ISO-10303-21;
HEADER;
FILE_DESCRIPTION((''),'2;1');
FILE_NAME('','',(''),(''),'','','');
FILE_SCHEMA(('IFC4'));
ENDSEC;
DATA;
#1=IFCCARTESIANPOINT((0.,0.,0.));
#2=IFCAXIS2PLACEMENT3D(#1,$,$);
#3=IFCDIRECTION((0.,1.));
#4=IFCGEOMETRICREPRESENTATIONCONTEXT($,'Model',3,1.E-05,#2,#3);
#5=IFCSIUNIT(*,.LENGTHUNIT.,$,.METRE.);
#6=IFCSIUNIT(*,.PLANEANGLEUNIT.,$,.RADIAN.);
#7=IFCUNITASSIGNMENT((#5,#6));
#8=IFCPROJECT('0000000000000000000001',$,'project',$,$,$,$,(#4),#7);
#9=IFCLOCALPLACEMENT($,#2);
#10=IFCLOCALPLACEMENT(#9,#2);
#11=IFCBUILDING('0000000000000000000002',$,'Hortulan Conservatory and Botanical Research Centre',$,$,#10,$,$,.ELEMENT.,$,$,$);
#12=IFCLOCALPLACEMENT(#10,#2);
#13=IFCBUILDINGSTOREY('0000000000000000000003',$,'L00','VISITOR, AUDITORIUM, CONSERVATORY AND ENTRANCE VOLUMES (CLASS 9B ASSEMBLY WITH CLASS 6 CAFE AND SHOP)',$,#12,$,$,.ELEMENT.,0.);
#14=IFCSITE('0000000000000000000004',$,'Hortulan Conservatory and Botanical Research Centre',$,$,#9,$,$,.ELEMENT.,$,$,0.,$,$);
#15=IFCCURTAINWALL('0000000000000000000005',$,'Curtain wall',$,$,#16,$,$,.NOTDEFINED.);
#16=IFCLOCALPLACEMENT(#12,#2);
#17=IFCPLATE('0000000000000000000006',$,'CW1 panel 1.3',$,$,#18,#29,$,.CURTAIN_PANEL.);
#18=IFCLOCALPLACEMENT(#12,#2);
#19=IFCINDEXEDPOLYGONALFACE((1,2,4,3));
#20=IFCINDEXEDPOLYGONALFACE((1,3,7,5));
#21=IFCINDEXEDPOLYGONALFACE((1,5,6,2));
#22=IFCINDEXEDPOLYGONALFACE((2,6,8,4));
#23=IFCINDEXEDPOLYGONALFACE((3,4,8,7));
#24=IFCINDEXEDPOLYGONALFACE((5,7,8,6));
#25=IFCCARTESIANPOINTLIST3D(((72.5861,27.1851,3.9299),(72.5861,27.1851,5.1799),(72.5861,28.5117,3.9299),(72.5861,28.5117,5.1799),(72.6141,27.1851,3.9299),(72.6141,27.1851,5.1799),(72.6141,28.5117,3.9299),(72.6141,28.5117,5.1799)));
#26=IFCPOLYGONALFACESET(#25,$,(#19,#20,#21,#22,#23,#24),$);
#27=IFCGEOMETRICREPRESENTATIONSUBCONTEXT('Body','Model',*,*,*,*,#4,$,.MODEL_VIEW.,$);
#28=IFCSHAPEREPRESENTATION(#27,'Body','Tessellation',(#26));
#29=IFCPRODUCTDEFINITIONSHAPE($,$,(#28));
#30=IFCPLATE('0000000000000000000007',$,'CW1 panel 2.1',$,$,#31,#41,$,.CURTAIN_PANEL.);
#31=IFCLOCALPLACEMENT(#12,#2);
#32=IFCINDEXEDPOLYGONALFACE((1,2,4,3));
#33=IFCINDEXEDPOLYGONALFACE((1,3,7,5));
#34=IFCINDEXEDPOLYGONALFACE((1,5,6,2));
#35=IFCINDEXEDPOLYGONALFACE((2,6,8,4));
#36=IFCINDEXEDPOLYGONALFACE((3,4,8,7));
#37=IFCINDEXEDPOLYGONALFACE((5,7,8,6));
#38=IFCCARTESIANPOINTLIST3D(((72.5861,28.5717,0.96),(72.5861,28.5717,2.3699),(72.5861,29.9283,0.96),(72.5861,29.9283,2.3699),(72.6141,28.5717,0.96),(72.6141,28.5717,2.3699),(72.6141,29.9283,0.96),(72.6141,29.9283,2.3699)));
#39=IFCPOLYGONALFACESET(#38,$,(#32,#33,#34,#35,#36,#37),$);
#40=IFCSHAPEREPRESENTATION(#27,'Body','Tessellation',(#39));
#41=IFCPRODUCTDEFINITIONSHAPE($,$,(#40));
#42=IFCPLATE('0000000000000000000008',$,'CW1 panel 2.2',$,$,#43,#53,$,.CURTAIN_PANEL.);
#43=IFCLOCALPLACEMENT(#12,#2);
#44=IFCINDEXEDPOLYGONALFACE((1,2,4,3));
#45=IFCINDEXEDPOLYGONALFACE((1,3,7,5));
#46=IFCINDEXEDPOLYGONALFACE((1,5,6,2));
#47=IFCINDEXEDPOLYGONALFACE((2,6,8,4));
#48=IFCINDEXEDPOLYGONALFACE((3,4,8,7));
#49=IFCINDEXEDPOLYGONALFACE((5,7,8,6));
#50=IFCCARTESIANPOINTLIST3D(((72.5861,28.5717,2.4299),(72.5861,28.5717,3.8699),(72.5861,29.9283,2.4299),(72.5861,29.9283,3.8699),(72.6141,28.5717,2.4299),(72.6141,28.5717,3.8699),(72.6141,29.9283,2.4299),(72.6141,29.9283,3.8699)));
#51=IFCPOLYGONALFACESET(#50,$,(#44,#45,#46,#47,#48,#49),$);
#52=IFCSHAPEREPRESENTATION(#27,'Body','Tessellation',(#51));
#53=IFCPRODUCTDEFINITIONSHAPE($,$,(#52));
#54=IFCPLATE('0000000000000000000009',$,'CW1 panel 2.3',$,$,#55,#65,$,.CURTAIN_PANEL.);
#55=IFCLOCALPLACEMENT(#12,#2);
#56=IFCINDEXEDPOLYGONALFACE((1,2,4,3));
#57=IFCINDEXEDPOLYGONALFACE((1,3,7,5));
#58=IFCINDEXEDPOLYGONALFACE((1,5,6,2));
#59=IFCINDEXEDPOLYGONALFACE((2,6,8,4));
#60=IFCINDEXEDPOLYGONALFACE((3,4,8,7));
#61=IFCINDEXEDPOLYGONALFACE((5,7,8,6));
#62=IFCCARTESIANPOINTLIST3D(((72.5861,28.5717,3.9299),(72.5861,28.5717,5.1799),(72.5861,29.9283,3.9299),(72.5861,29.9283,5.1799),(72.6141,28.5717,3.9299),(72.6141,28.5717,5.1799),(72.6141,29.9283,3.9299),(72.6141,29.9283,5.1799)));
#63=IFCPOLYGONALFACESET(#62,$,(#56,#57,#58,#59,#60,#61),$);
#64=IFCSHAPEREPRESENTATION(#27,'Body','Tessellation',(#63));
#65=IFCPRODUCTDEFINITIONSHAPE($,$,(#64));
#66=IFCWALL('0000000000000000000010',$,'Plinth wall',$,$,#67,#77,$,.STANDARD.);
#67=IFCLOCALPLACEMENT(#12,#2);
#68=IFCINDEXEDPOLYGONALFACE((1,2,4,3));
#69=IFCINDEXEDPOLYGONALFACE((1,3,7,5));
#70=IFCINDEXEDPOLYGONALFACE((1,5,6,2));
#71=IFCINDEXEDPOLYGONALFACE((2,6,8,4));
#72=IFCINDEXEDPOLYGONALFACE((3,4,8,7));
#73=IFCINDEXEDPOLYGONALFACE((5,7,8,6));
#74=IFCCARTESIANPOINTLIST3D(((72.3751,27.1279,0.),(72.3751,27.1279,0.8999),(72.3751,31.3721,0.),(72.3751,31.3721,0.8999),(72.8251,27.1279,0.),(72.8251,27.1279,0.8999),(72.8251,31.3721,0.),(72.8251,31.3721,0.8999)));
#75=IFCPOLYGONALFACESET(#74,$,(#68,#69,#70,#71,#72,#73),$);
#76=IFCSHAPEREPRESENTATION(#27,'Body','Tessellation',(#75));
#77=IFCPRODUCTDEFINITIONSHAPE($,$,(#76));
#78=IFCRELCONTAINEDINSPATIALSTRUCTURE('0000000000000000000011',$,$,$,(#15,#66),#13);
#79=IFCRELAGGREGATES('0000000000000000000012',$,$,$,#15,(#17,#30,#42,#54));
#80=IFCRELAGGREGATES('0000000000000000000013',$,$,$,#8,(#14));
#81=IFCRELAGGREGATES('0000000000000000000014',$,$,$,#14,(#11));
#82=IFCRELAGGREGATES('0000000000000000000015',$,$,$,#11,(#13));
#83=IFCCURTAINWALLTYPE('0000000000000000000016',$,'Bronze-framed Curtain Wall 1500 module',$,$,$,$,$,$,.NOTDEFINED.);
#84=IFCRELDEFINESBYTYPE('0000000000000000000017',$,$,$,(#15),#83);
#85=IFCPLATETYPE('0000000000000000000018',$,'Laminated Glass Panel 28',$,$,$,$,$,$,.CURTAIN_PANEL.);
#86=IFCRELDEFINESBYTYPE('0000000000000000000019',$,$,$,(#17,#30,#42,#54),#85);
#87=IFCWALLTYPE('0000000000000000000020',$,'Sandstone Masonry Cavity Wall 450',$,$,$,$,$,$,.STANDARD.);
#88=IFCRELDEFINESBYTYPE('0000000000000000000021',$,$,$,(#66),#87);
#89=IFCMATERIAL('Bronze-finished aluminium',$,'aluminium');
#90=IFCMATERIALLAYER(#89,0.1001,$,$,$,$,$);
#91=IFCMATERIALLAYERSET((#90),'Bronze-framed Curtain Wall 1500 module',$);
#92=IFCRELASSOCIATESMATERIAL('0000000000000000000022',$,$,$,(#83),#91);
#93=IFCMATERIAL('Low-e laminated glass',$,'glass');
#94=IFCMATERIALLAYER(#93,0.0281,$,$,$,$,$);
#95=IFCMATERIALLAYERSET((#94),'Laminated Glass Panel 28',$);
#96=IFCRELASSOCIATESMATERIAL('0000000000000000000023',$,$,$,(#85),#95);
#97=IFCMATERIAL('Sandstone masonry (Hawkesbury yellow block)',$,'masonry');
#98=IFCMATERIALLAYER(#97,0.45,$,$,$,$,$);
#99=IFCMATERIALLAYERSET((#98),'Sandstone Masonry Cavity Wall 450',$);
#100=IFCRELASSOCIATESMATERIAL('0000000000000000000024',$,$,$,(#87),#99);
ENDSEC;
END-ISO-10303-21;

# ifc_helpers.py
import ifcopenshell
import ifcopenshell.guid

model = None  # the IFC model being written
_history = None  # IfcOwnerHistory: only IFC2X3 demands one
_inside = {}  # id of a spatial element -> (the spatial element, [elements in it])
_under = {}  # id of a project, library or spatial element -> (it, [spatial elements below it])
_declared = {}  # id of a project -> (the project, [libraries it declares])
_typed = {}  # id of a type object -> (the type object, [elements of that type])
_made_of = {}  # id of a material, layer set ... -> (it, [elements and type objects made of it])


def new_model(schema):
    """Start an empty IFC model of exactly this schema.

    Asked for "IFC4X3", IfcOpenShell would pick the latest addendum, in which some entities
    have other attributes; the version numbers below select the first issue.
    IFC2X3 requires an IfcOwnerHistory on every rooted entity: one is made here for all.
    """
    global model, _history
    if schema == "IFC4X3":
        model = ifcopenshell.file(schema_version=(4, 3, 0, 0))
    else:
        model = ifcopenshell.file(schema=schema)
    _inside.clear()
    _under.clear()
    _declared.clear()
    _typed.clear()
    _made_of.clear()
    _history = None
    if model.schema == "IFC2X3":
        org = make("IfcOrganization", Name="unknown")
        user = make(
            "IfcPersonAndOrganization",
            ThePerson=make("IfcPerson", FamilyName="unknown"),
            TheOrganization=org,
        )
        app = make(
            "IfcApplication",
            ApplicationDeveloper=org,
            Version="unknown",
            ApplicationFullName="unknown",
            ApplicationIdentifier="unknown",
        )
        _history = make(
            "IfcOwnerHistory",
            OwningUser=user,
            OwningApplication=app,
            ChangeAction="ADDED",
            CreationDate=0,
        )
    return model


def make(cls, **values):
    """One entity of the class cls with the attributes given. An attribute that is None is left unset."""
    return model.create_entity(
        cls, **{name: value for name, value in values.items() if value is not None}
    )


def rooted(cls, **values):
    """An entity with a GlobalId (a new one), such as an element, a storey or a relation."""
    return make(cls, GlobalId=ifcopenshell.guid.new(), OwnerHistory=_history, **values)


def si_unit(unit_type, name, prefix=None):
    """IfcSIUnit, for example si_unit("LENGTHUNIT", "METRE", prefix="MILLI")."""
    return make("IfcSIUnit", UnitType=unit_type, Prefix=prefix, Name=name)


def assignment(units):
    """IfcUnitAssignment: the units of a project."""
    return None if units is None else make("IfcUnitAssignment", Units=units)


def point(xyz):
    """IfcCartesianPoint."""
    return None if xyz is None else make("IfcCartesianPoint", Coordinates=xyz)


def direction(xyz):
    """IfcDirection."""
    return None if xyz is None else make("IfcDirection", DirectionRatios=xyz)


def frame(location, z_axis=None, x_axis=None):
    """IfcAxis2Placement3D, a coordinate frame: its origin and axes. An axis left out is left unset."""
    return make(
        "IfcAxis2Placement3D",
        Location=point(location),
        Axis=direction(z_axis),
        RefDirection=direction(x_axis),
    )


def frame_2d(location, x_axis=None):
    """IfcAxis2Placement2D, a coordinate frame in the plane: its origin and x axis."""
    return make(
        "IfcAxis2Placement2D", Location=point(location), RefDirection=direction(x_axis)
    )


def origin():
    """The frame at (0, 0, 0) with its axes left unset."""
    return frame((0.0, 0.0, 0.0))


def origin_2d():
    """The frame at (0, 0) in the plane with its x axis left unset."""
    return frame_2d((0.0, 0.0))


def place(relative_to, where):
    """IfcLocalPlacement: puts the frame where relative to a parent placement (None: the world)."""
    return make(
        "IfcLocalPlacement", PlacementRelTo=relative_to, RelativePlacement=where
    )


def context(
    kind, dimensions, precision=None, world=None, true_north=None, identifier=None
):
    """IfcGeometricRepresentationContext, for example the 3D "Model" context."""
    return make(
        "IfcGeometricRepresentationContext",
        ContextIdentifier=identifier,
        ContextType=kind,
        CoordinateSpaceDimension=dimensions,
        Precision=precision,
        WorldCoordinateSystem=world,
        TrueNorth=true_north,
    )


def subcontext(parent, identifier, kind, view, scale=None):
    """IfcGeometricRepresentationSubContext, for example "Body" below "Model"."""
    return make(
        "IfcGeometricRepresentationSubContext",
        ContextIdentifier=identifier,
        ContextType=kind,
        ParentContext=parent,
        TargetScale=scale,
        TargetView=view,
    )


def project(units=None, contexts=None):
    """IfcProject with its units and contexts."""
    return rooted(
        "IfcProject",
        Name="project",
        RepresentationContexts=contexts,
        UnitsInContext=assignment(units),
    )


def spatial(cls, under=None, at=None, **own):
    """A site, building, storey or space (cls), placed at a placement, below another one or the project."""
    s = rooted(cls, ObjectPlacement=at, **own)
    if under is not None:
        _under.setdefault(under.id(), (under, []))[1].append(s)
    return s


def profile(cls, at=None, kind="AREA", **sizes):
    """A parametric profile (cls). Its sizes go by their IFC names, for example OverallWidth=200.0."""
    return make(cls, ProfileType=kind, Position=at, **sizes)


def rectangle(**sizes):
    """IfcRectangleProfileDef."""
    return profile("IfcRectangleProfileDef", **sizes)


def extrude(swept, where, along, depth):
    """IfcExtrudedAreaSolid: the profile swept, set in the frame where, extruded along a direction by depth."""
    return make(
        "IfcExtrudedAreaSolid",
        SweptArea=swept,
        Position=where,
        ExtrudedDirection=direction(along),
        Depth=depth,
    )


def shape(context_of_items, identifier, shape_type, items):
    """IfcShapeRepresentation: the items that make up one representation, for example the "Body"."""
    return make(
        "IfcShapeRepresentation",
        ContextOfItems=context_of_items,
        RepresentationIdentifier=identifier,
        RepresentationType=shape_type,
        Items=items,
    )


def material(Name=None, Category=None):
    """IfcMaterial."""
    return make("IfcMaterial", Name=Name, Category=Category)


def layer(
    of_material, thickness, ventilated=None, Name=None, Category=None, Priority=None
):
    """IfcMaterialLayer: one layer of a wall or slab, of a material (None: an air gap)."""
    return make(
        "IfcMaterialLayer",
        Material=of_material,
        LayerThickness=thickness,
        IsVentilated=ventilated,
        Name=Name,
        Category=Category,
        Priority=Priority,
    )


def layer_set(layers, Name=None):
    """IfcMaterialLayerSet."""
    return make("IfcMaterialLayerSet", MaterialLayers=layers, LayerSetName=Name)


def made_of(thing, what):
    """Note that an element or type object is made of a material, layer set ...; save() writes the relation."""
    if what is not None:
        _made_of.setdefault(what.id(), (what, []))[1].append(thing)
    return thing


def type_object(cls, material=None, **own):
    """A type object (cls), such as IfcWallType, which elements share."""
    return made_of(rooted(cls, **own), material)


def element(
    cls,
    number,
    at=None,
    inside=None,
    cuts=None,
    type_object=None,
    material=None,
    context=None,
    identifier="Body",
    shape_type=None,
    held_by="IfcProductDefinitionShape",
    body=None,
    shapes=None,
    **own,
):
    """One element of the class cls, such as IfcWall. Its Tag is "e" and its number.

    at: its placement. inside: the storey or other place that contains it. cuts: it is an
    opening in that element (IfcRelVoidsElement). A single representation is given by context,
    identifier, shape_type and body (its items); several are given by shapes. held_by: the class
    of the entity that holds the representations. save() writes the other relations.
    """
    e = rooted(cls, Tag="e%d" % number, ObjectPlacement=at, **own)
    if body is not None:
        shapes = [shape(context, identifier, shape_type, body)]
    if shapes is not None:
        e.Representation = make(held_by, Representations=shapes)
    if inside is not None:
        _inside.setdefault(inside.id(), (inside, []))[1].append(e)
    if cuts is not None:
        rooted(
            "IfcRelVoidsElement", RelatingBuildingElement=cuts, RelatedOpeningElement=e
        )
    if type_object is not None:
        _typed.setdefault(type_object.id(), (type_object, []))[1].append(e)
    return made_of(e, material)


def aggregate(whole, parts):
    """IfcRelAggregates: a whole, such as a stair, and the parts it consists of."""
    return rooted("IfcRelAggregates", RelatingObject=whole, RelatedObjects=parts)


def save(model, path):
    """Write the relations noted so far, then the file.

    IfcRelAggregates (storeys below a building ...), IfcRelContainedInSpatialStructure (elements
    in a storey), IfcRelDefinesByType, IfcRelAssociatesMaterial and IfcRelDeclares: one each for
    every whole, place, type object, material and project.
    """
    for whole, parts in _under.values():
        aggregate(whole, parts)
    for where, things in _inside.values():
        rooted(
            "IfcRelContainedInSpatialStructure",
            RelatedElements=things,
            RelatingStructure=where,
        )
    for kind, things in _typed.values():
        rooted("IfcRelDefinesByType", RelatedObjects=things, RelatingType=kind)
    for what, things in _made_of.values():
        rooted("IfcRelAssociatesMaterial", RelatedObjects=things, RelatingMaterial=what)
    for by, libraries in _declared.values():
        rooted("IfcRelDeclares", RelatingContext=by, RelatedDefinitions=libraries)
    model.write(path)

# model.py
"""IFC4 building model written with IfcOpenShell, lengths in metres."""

from ifc_helpers import new_model, si_unit, direction, frame, frame_2d, origin, origin_2d, place, context, subcontext, project, spatial, rectangle, extrude, material, layer, layer_set, type_object, element, aggregate, save


model = new_model("IFC4")

# Units and contexts
model_context = context("Model", 3, precision=1e-05, world=origin(), true_north=direction((0.0, 1.0)))
body_context = subcontext(model_context, "Body", "Model", "MODEL_VIEW")
ifc_project = project(units=[si_unit("LENGTHUNIT", "METRE"), si_unit("PLANEANGLEUNIT", "RADIAN")], contexts=[model_context])

# Site, building, storey
site_placement = place(None, origin())
site = spatial("IfcSite", under=ifc_project, at=site_placement, Name="Hortulan Conservatory and Botanical Research Centre", CompositionType="ELEMENT", RefElevation=0.0)
building_placement = place(site_placement, origin())
building = spatial("IfcBuilding", under=site, at=building_placement, Name="Hortulan Conservatory and Botanical Research Centre", CompositionType="ELEMENT")
storey_placement = place(building_placement, origin())
storey = spatial("IfcBuildingStorey", under=building, at=storey_placement, Name="L00", Description="VISITOR, AUDITORIUM, CONSERVATORY AND ENTRANCE VOLUMES (CLASS 9B ASSEMBLY WITH CLASS 6 CAFE AND SHOP)", CompositionType="ELEMENT", Elevation=0.0)

# Shared definitions
ifc_material_1 = material(Name="Bronze-finished aluminium", Category="aluminium")
ifc_layer_1 = layer(ifc_material_1, 0.1001)
ifc_layer_set_1 = layer_set([ifc_layer_1], Name="Bronze-framed Curtain Wall 1500 module")
curtain_wall_type = type_object("IfcCurtainWallType", Name="Bronze-framed Curtain Wall 1500 module", PredefinedType="NOTDEFINED", material=ifc_layer_set_1)

# Curtain wall
curtain_wall_1_placement = place(storey_placement, origin())
curtain_wall_1 = element("IfcCurtainWall", 1, at=curtain_wall_1_placement, inside=storey, type_object=curtain_wall_type, Name="Curtain wall", PredefinedType="NOTDEFINED")

# Plates
ifc_material_2 = material(Name="Low-e laminated glass", Category="glass")
ifc_layer_2 = layer(ifc_material_2, 0.0281)
ifc_layer_set_2 = layer_set([ifc_layer_2], Name="Laminated Glass Panel 28")
plate_type_1 = type_object("IfcPlateType", Name="Laminated Glass Panel 28", PredefinedType="CURTAIN_PANEL", material=ifc_layer_set_2)
plate_1_placement = place(storey_placement, frame((72.6001, 27.8484, 3.9299), z_axis=(0.0, 0.0, 1.0), x_axis=(0.0, 1.0, 0.0)))
plate_1 = element("IfcPlate", 2, at=plate_1_placement, type_object=plate_type_1, Name="CW1 panel 1.3", PredefinedType="CURTAIN_PANEL", context=body_context, shape_type="SweptSolid", body=[
    extrude(rectangle(XDim=1.3267, YDim=0.0281, at=origin_2d()), origin(), (0.0, 0.0, 1.0), 1.25),
])
plate_2_placement = place(storey_placement, frame((72.6001, 29.25, 0.96), z_axis=(0.0, 0.0, 1.0), x_axis=(0.0, 1.0, 0.0)))
plate_2 = element("IfcPlate", 3, at=plate_2_placement, type_object=plate_type_1, Name="CW1 panel 2.1", PredefinedType="CURTAIN_PANEL", context=body_context, shape_type="SweptSolid", body=[
    extrude(rectangle(XDim=1.3567, YDim=0.0281, at=origin_2d()), origin(), (0.0, 0.0, 1.0), 1.4099),
])
plate_3_placement = place(storey_placement, frame((72.6001, 29.25, 2.4299), z_axis=(0.0, 0.0, 1.0), x_axis=(0.0, 1.0, 0.0)))
plate_3 = element("IfcPlate", 4, at=plate_3_placement, type_object=plate_type_1, Name="CW1 panel 2.2", PredefinedType="CURTAIN_PANEL", context=body_context, shape_type="SweptSolid", body=[
    extrude(rectangle(XDim=1.3567, YDim=0.0281, at=origin_2d()), origin(), (0.0, 0.0, 1.0), 1.4399),
])
plate_4_placement = place(storey_placement, frame((72.6001, 29.25, 3.9299), z_axis=(0.0, 0.0, 1.0), x_axis=(0.0, 1.0, 0.0)))
plate_4 = element("IfcPlate", 5, at=plate_4_placement, type_object=plate_type_1, Name="CW1 panel 2.3", PredefinedType="CURTAIN_PANEL", context=body_context, shape_type="SweptSolid", body=[
    extrude(rectangle(XDim=1.3567, YDim=0.0281, at=origin_2d()), origin(), (0.0, 0.0, 1.0), 1.25),
])
aggregate(curtain_wall_1, [plate_1, plate_2, plate_3, plate_4])

# Wall
ifc_material_3 = material(Name="Sandstone masonry (Hawkesbury yellow block)", Category="masonry")
ifc_layer_3 = layer(ifc_material_3, 0.45)
ifc_layer_set_3 = layer_set([ifc_layer_3], Name="Sandstone Masonry Cavity Wall 450")
wall_type = type_object("IfcWallType", Name="Sandstone Masonry Cavity Wall 450", PredefinedType="STANDARD", material=ifc_layer_set_3)
wall_placement = place(storey_placement, frame((72.6001, 27.1279, 0.0), z_axis=(0.0, 0.0, 1.0), x_axis=(0.0, 1.0, 0.0)))
element("IfcWall", 6, at=wall_placement, inside=storey, type_object=wall_type, Name="Plinth wall", PredefinedType="STANDARD", context=body_context, shape_type="SweptSolid", body=[
    extrude(rectangle(XDim=4.2441, YDim=0.45, at=frame_2d((2.1221, 0.0))), origin(), (0.0, 0.0, 1.0), 0.8999),
])

save(model, "model.ifc")
